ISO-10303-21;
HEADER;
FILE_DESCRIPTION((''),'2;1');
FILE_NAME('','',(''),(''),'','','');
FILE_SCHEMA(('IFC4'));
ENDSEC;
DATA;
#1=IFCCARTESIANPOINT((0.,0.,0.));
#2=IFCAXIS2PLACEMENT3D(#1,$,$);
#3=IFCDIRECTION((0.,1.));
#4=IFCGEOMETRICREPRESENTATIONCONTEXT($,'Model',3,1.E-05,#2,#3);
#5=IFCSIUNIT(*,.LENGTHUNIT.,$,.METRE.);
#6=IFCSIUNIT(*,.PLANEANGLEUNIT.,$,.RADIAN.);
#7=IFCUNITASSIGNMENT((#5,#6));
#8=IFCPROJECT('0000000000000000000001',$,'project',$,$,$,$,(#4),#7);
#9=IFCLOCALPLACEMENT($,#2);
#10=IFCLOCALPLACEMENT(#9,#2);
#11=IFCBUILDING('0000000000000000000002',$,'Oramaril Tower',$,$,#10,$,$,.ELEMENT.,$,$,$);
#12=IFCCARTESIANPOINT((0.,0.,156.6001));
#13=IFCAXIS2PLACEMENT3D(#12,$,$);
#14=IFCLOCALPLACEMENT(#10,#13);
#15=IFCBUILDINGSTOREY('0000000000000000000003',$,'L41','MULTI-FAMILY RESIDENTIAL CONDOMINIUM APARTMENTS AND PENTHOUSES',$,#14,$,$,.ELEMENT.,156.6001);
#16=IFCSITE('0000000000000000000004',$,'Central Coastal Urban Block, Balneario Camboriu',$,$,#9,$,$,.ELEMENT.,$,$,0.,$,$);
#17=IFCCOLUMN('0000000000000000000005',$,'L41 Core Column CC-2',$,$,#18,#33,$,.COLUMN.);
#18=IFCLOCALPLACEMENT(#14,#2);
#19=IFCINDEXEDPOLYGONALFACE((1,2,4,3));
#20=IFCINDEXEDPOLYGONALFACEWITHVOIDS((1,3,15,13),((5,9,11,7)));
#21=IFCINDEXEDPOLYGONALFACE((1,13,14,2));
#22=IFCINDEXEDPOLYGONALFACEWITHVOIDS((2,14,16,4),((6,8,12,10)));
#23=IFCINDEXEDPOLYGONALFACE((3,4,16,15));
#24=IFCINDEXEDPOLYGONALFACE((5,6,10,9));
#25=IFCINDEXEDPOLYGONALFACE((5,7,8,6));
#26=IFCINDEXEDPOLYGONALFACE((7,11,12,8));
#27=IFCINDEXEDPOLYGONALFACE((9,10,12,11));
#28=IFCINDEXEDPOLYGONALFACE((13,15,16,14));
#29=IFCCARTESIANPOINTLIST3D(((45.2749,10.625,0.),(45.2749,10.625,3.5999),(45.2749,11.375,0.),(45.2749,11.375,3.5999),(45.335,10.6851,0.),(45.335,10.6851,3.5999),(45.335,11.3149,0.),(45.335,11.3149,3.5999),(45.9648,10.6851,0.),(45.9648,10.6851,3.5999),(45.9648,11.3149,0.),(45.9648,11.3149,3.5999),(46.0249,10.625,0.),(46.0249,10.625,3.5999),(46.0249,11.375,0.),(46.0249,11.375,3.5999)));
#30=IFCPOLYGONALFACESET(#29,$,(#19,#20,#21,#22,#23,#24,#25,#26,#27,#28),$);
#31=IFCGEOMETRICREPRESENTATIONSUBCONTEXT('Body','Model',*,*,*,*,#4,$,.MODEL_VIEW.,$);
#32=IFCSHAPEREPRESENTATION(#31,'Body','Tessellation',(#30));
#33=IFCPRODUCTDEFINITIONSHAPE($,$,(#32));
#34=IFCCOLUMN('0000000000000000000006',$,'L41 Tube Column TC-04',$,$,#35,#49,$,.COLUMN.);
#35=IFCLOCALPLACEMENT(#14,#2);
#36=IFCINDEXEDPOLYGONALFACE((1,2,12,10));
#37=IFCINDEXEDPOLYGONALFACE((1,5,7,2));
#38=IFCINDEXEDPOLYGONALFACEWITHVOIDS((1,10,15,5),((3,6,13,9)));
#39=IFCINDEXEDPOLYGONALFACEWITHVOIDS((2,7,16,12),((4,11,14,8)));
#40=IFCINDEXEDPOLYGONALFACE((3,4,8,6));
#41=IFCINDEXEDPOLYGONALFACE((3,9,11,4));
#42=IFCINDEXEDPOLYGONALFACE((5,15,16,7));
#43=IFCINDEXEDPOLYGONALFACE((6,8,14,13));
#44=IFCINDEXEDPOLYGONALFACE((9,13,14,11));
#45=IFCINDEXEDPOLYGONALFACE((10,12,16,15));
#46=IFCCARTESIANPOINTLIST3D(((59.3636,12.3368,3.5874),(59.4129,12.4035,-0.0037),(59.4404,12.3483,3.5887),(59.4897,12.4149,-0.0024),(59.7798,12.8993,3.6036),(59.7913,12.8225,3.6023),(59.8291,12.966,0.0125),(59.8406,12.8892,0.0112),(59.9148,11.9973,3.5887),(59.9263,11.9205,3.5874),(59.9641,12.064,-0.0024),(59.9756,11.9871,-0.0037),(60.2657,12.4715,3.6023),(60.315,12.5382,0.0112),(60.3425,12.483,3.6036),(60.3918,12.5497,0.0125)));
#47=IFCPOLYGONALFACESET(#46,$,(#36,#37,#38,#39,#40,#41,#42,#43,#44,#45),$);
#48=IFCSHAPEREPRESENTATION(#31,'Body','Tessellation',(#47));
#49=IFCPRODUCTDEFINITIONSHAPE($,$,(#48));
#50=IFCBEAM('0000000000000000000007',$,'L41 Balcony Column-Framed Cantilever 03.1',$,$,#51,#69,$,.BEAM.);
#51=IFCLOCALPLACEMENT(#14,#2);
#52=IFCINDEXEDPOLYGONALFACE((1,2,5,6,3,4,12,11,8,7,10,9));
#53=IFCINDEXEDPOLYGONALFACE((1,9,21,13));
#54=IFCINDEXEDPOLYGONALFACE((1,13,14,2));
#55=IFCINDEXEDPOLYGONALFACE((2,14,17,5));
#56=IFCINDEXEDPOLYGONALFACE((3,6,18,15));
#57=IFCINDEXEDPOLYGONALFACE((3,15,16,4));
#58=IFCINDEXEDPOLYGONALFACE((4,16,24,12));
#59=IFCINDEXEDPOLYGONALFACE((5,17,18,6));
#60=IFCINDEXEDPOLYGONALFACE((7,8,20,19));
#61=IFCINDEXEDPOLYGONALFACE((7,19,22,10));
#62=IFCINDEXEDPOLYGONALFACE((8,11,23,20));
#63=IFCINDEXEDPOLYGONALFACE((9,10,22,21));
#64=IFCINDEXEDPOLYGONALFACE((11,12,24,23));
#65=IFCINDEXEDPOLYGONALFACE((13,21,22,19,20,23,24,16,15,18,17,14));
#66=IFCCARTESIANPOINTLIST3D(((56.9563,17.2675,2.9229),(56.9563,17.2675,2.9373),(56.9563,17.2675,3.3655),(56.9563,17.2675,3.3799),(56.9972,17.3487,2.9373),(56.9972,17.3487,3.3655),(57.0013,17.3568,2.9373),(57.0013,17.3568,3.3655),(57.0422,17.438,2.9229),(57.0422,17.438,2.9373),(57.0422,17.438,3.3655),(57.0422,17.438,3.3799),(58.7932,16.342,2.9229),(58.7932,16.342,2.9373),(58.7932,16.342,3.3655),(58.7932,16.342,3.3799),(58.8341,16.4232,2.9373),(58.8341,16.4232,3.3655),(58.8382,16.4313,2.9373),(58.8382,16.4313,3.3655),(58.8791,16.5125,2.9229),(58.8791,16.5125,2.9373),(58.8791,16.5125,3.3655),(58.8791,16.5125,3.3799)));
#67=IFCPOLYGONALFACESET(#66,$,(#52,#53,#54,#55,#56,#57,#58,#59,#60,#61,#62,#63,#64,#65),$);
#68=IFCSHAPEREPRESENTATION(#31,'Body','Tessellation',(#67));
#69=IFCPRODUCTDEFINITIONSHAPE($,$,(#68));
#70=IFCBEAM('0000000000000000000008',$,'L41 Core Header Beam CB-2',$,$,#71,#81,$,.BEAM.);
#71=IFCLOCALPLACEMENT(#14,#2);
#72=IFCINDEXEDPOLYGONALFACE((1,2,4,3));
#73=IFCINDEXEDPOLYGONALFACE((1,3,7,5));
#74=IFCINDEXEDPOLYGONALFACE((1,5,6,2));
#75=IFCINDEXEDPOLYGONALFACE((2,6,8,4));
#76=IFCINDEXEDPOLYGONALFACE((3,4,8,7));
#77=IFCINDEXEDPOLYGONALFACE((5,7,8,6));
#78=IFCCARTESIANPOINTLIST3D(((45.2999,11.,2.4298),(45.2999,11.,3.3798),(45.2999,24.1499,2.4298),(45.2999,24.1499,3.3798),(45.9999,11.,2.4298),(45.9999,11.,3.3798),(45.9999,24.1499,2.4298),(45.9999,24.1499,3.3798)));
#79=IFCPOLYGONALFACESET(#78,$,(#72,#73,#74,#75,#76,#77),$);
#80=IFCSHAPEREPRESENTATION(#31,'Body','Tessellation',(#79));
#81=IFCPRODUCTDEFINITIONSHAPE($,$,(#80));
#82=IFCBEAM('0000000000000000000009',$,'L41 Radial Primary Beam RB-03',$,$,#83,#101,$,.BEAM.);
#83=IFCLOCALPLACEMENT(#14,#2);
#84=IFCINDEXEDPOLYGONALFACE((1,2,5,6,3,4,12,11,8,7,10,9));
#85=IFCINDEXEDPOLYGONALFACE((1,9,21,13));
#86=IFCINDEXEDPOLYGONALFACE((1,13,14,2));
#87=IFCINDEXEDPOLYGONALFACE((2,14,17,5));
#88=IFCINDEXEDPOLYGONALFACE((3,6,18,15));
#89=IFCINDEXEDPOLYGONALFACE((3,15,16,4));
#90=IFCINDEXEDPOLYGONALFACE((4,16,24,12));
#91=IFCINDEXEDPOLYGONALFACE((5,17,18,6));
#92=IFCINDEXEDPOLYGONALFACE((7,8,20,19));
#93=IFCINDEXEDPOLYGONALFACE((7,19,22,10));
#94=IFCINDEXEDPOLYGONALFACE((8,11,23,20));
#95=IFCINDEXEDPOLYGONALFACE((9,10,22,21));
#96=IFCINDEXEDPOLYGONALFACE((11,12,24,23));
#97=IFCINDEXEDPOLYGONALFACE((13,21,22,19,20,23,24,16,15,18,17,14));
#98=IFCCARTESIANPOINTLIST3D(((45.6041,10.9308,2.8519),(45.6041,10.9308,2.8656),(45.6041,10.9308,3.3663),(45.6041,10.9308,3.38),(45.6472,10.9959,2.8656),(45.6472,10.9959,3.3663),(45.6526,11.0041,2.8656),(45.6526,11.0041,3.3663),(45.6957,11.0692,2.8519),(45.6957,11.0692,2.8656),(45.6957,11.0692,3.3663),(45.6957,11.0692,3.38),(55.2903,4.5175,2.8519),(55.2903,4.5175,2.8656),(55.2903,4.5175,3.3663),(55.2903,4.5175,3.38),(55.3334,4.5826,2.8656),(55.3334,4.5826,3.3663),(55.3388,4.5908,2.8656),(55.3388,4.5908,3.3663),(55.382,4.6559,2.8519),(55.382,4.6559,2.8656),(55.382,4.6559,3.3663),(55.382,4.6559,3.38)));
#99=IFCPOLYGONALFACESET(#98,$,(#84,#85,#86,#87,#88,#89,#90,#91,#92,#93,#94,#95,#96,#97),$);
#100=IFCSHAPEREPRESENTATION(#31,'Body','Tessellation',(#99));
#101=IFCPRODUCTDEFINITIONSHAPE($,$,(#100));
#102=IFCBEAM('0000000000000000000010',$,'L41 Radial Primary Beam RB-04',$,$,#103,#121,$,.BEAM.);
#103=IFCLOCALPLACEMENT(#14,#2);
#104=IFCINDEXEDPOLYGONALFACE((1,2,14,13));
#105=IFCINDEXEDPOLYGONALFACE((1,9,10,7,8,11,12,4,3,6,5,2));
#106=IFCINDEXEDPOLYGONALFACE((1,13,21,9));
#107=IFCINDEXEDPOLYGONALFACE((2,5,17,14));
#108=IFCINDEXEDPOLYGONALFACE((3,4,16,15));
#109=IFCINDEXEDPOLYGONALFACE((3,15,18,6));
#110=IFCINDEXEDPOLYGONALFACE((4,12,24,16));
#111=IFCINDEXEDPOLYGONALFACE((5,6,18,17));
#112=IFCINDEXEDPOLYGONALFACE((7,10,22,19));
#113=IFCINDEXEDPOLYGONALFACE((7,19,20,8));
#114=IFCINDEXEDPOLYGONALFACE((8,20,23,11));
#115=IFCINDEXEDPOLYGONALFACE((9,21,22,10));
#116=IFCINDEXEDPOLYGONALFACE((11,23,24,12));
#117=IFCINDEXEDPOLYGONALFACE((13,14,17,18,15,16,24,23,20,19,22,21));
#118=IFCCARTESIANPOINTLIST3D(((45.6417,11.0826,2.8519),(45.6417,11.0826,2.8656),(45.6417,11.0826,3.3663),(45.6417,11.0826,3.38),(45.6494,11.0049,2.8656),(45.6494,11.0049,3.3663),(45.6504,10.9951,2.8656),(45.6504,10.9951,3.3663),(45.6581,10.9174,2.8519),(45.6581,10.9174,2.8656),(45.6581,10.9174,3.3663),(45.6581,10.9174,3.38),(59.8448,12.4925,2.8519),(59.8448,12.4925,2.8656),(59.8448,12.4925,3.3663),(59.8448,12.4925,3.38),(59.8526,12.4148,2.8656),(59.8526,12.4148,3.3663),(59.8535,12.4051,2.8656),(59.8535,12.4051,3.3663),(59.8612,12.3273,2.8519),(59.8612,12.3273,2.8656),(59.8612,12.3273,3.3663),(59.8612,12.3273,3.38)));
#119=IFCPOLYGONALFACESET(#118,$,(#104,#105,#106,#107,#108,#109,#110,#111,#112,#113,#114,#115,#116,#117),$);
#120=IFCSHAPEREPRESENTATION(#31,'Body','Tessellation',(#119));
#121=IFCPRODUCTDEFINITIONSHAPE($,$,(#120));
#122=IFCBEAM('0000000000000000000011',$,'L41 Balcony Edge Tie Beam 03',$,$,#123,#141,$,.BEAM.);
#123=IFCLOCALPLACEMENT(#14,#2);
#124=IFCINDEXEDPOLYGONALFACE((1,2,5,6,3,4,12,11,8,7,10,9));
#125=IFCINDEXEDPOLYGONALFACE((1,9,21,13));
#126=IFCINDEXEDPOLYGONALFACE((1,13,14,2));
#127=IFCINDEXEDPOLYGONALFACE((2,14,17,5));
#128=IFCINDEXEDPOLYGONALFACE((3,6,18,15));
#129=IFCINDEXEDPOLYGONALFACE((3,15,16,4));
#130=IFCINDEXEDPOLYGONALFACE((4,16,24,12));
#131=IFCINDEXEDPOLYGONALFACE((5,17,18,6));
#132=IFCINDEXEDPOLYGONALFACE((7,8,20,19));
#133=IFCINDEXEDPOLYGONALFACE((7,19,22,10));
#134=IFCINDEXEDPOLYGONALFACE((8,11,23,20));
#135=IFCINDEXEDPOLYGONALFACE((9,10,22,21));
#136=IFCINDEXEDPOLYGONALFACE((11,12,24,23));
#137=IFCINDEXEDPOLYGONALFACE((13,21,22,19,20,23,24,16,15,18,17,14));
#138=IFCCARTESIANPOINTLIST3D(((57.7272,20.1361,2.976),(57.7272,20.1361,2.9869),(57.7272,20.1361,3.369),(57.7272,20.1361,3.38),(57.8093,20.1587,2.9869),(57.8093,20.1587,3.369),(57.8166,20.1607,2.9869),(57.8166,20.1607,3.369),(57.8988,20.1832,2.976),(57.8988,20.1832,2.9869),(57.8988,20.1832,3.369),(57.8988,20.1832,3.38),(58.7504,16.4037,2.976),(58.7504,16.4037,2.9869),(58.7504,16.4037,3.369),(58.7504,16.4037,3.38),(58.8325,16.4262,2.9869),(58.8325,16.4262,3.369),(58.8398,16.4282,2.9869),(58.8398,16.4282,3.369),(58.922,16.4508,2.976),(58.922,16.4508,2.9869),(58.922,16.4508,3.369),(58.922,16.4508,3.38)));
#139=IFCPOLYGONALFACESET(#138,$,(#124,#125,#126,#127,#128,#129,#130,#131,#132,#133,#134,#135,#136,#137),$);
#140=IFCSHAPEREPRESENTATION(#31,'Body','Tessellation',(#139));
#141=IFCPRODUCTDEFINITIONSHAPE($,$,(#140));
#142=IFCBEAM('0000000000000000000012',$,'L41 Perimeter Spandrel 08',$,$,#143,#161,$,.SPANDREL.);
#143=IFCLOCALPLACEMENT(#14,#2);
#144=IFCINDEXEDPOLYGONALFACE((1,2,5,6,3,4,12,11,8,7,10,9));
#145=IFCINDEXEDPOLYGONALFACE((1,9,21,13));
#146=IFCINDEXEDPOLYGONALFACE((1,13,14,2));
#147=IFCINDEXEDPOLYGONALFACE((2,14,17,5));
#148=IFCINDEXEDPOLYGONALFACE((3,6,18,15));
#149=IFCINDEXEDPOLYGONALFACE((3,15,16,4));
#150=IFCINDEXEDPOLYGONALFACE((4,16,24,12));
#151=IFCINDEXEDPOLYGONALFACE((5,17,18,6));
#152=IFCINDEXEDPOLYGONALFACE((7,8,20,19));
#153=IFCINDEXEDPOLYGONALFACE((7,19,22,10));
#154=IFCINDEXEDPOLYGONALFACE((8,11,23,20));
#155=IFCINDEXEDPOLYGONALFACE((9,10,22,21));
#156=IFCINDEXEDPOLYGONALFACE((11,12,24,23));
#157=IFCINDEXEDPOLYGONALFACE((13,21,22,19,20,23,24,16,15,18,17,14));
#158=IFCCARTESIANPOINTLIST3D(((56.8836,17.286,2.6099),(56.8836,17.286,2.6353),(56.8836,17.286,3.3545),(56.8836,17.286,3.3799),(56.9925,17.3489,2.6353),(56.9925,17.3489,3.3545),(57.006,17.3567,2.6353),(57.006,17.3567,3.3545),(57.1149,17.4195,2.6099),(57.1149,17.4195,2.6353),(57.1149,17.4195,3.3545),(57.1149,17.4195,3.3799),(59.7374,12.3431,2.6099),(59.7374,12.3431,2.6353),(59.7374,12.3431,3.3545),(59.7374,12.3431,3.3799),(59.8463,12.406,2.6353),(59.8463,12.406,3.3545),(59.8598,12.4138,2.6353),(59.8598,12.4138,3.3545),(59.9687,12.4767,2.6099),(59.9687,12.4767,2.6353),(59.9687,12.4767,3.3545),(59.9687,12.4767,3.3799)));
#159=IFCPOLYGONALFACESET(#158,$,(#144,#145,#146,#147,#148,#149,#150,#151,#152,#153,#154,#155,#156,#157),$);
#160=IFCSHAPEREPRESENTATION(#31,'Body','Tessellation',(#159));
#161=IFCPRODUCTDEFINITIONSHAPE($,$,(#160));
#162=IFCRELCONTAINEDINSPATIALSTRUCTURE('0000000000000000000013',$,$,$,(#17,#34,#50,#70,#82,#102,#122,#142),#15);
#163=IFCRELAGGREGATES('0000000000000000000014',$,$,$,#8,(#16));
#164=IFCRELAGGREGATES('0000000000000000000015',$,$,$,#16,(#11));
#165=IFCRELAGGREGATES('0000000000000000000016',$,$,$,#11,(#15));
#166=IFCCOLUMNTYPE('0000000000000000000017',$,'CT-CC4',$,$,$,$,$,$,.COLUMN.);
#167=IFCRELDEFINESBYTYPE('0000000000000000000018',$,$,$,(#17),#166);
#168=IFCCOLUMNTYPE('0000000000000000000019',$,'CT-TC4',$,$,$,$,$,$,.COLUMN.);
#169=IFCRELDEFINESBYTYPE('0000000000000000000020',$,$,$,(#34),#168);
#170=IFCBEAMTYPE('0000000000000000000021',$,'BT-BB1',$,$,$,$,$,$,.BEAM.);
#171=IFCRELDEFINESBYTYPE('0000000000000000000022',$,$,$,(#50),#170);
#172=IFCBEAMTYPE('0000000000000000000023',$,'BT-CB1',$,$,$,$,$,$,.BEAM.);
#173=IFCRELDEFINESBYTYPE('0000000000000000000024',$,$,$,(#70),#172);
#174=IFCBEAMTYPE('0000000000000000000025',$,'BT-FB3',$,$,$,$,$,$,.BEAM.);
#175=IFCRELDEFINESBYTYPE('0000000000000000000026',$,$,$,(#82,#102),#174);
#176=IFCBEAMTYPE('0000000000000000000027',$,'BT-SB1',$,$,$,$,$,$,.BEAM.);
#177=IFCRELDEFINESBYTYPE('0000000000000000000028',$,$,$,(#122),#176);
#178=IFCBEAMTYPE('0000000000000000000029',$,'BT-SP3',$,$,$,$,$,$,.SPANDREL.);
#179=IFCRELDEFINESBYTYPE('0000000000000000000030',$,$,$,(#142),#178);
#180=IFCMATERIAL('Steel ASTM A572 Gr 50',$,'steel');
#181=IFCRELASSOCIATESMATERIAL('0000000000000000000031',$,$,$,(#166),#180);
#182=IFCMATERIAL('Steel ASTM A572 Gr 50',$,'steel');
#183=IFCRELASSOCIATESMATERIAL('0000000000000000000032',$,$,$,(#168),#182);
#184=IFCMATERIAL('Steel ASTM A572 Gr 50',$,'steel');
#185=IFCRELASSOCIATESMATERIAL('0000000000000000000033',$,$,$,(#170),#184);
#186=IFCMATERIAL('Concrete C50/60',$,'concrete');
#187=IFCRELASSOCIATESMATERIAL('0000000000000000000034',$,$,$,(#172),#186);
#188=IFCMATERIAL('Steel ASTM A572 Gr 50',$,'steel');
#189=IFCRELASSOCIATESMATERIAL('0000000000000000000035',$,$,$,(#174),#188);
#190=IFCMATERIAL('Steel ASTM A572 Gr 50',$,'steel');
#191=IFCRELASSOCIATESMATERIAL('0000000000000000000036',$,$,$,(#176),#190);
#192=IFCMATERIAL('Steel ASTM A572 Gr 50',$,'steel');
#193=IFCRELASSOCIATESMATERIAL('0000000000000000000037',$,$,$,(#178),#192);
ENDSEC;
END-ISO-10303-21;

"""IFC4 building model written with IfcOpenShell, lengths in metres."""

from ifc_helpers import new_model, si_unit, direction, frame, origin, origin_2d, place, context, subcontext, project, spatial, rectangle, hollow_rectangle, i_section, extrude, material, material_profile, profile_set, type_object, element, save


model = new_model("IFC4")

# Units and contexts
model_context = context("Model", 3, precision=1e-05, world=origin(), true_north=direction((0.0, 1.0)))
body_context = subcontext(model_context, "Body", "Model", "MODEL_VIEW")
ifc_project = project(units=[si_unit("LENGTHUNIT", "METRE"), si_unit("PLANEANGLEUNIT", "RADIAN")], contexts=[model_context])

# Site, building, storey
site_placement = place(None, origin())
site = spatial("IfcSite", under=ifc_project, at=site_placement, Name="Central Coastal Urban Block, Balneario Camboriu", CompositionType="ELEMENT", RefElevation=0.0)
building_placement = place(site_placement, origin())
building = spatial("IfcBuilding", under=site, at=building_placement, Name="Oramaril Tower", CompositionType="ELEMENT")
storey_placement = place(building_placement, frame((0.0, 0.0, 156.6001)))
storey = spatial("IfcBuildingStorey", under=building, at=storey_placement, Name="L41", Description="MULTI-FAMILY RESIDENTIAL CONDOMINIUM APARTMENTS AND PENTHOUSES", CompositionType="ELEMENT", Elevation=156.6001)

# Columns
ifc_material_1 = material(Name="Steel ASTM A572 Gr 50", Category="steel")
ifc_material_profile_1 = material_profile(ifc_material_1, hollow_rectangle(XDim=0.75, YDim=0.75, WallThickness=0.0601, at=origin_2d()), Name="BOX750X750X60")
ifc_profile_set_1 = profile_set([ifc_material_profile_1], Name="Steel ASTM A572 Gr 50")
column_type_1 = type_object("IfcColumnType", Name="CT-CC4", PredefinedType="COLUMN", material=ifc_profile_set_1)
column_1_placement = place(storey_placement, frame((45.6499, 11.0, 0.0), z_axis=(0.0, 0.0, 1.0), x_axis=(1.0, 0.0, 0.0)))
element("IfcColumn", 1, at=column_1_placement, inside=storey, type_object=column_type_1, Name="L41 Core Column CC-2", PredefinedType="COLUMN", context=body_context, shape_type="SweptSolid", body=[
    extrude(hollow_rectangle(XDim=0.75, YDim=0.75, WallThickness=0.0601, at=origin_2d()), origin(), (0.0, 0.0, 1.0), 3.5999),
])
ifc_material_2 = material(Name="Steel ASTM A572 Gr 50", Category="steel")
ifc_material_profile_2 = material_profile(ifc_material_2, hollow_rectangle(XDim=0.7, YDim=0.7, WallThickness=0.0549, at=origin_2d()), Name="BOX700X700X55")
ifc_profile_set_2 = profile_set([ifc_material_profile_2], Name="Steel ASTM A572 Gr 50")
column_type_2 = type_object("IfcColumnType", Name="CT-TC4", PredefinedType="COLUMN", material=ifc_profile_set_2)
column_2_placement = place(storey_placement, frame((59.9023, 12.4766, 0.0044), z_axis=(-0.013729, -0.018555, 0.999734), x_axis=(0.80387, -0.594805, 0.0)))
element("IfcColumn", 2, at=column_2_placement, inside=storey, type_object=column_type_2, Name="L41 Tube Column TC-04", PredefinedType="COLUMN", context=body_context, shape_type="SweptSolid", body=[
    extrude(hollow_rectangle(XDim=0.7, YDim=0.7, WallThickness=0.0549, at=origin_2d()), origin(), (0.0, 0.0, 1.0), 3.592),
])

# Beams
ifc_material_3 = material(Name="Steel ASTM A572 Gr 50", Category="steel")
ifc_material_profile_3 = material_profile(ifc_material_3, i_section(OverallWidth=0.1909, OverallDepth=0.457, WebThickness=0.009, FlangeThickness=0.0144, at=origin_2d()), Name="W18X50")
ifc_profile_set_3 = profile_set([ifc_material_profile_3], Name="Steel ASTM A572 Gr 50")
beam_type_1 = type_object("IfcBeamType", Name="BT-BB1", PredefinedType="BEAM", material=ifc_profile_set_3)
beam_1_placement = place(storey_placement, frame((56.9993, 17.3528, 3.1514), z_axis=(0.893046, -0.449965, 0.0), x_axis=(0.449965, 0.893046, 0.0)))
element("IfcBeam", 3, at=beam_1_placement, inside=storey, type_object=beam_type_1, Name="L41 Balcony Column-Framed Cantilever 03.1", PredefinedType="BEAM", context=body_context, shape_type="SweptSolid", body=[
    extrude(i_section(OverallWidth=0.1909, OverallDepth=0.457, WebThickness=0.009, FlangeThickness=0.0144, at=origin_2d()), origin(), (0.0, 0.0, 1.0), 2.0569),
])
ifc_material_4 = material(Name="Concrete C50/60", Category="concrete")
ifc_material_profile_4 = material_profile(ifc_material_4, rectangle(XDim=0.7, YDim=0.95, at=origin_2d()), Name="CB700X950")
ifc_profile_set_4 = profile_set([ifc_material_profile_4], Name="Concrete C50/60")
beam_type_2 = type_object("IfcBeamType", Name="BT-CB1", PredefinedType="BEAM", material=ifc_profile_set_4)
beam_2_placement = place(storey_placement, frame((45.6499, 11.0, 2.9048), z_axis=(0.0, 1.0, 0.0), x_axis=(-1.0, 0.0, 0.0)))
element("IfcBeam", 4, at=beam_2_placement, inside=storey, type_object=beam_type_2, Name="L41 Core Header Beam CB-2", PredefinedType="BEAM", context=body_context, shape_type="SweptSolid", body=[
    extrude(rectangle(XDim=0.7, YDim=0.95, at=origin_2d()), origin(), (0.0, 0.0, 1.0), 13.1499),
])
ifc_material_5 = material(Name="Steel ASTM A572 Gr 50", Category="steel")
ifc_material_profile_5 = material_profile(ifc_material_5, i_section(OverallWidth=0.166, OverallDepth=0.5281, WebThickness=0.0098, FlangeThickness=0.0137, at=origin_2d()), Name="W21X50")
ifc_profile_set_5 = profile_set([ifc_material_profile_5], Name="Steel ASTM A572 Gr 50")
beam_type_3 = type_object("IfcBeamType", Name="BT-FB3", PredefinedType="BEAM", material=ifc_profile_set_5)
beam_3_placement = place(storey_placement, frame((45.6499, 11.0, 3.116), z_axis=(0.833802, -0.552064, 0.0), x_axis=(0.552064, 0.833802, 0.0)))
element("IfcBeam", 5, at=beam_3_placement, inside=storey, type_object=beam_type_3, Name="L41 Radial Primary Beam RB-03", PredefinedType="BEAM", context=body_context, shape_type="SweptSolid", body=[
    extrude(i_section(OverallWidth=0.166, OverallDepth=0.5281, WebThickness=0.0098, FlangeThickness=0.0137, at=origin_2d()), origin(), (0.0, 0.0, 1.0), 11.6169),
])
beam_4_placement = place(storey_placement, frame((45.6499, 11.0, 3.116), z_axis=(0.995109, 0.098782, 0.0), x_axis=(-0.098782, 0.995109, 0.0)))
element("IfcBeam", 6, at=beam_4_placement, inside=storey, type_object=beam_type_3, Name="L41 Radial Primary Beam RB-04", PredefinedType="BEAM", context=body_context, shape_type="SweptSolid", body=[
    extrude(i_section(OverallWidth=0.166, OverallDepth=0.5281, WebThickness=0.0098, FlangeThickness=0.0137, at=origin_2d()), origin(), (0.0, 0.0, 1.0), 14.2729),
])
ifc_material_6 = material(Name="Steel ASTM A572 Gr 50", Category="steel")
ifc_material_profile_6 = material_profile(ifc_material_6, i_section(OverallWidth=0.178, OverallDepth=0.4041, WebThickness=0.0076, FlangeThickness=0.011, at=origin_2d()), Name="W16X36")
ifc_profile_set_6 = profile_set([ifc_material_profile_6], Name="Steel ASTM A572 Gr 50")
beam_type_4 = type_object("IfcBeamType", Name="BT-SB1", PredefinedType="BEAM", material=ifc_profile_set_6)
beam_5_placement = place(storey_placement, frame((58.8362, 16.4272, 3.178), z_axis=(-0.264382, 0.964418, 0.0), x_axis=(-0.964418, -0.264382, 0.0)))
element("IfcBeam", 7, at=beam_5_placement, inside=storey, type_object=beam_type_4, Name="L41 Balcony Edge Tie Beam 03", PredefinedType="BEAM", context=body_context, shape_type="SweptSolid", body=[
    extrude(i_section(OverallWidth=0.178, OverallDepth=0.4041, WebThickness=0.0076, FlangeThickness=0.011, at=origin_2d()), origin(), (0.0, 0.0, 1.0), 3.8701),
])
ifc_material_7 = material(Name="Steel ASTM A572 Gr 50", Category="steel")
ifc_material_profile_7 = material_profile(ifc_material_7, i_section(OverallWidth=0.2671, OverallDepth=0.77, WebThickness=0.0156, FlangeThickness=0.0254, at=origin_2d()), Name="W30X132")
ifc_profile_set_7 = profile_set([ifc_material_profile_7], Name="Steel ASTM A572 Gr 50")
beam_type_5 = type_object("IfcBeamType", Name="BT-SP3", PredefinedType="SPANDREL", material=ifc_profile_set_7)
beam_6_placement = place(storey_placement, frame((59.853, 12.4099, 2.9949), z_axis=(-0.499999, 0.866026, 0.0), x_axis=(-0.866026, -0.499999, 0.0)))
element("IfcBeam", 8, at=beam_6_placement, inside=storey, type_object=beam_type_5, Name="L41 Perimeter Spandrel 08", PredefinedType="SPANDREL", context=body_context, shape_type="SweptSolid", body=[
    extrude(i_section(OverallWidth=0.2671, OverallDepth=0.77, WebThickness=0.0156, FlangeThickness=0.0254, at=origin_2d()), origin(), (0.0, 0.0, 1.0), 5.7075),
])

save(model, "model.ifc")
